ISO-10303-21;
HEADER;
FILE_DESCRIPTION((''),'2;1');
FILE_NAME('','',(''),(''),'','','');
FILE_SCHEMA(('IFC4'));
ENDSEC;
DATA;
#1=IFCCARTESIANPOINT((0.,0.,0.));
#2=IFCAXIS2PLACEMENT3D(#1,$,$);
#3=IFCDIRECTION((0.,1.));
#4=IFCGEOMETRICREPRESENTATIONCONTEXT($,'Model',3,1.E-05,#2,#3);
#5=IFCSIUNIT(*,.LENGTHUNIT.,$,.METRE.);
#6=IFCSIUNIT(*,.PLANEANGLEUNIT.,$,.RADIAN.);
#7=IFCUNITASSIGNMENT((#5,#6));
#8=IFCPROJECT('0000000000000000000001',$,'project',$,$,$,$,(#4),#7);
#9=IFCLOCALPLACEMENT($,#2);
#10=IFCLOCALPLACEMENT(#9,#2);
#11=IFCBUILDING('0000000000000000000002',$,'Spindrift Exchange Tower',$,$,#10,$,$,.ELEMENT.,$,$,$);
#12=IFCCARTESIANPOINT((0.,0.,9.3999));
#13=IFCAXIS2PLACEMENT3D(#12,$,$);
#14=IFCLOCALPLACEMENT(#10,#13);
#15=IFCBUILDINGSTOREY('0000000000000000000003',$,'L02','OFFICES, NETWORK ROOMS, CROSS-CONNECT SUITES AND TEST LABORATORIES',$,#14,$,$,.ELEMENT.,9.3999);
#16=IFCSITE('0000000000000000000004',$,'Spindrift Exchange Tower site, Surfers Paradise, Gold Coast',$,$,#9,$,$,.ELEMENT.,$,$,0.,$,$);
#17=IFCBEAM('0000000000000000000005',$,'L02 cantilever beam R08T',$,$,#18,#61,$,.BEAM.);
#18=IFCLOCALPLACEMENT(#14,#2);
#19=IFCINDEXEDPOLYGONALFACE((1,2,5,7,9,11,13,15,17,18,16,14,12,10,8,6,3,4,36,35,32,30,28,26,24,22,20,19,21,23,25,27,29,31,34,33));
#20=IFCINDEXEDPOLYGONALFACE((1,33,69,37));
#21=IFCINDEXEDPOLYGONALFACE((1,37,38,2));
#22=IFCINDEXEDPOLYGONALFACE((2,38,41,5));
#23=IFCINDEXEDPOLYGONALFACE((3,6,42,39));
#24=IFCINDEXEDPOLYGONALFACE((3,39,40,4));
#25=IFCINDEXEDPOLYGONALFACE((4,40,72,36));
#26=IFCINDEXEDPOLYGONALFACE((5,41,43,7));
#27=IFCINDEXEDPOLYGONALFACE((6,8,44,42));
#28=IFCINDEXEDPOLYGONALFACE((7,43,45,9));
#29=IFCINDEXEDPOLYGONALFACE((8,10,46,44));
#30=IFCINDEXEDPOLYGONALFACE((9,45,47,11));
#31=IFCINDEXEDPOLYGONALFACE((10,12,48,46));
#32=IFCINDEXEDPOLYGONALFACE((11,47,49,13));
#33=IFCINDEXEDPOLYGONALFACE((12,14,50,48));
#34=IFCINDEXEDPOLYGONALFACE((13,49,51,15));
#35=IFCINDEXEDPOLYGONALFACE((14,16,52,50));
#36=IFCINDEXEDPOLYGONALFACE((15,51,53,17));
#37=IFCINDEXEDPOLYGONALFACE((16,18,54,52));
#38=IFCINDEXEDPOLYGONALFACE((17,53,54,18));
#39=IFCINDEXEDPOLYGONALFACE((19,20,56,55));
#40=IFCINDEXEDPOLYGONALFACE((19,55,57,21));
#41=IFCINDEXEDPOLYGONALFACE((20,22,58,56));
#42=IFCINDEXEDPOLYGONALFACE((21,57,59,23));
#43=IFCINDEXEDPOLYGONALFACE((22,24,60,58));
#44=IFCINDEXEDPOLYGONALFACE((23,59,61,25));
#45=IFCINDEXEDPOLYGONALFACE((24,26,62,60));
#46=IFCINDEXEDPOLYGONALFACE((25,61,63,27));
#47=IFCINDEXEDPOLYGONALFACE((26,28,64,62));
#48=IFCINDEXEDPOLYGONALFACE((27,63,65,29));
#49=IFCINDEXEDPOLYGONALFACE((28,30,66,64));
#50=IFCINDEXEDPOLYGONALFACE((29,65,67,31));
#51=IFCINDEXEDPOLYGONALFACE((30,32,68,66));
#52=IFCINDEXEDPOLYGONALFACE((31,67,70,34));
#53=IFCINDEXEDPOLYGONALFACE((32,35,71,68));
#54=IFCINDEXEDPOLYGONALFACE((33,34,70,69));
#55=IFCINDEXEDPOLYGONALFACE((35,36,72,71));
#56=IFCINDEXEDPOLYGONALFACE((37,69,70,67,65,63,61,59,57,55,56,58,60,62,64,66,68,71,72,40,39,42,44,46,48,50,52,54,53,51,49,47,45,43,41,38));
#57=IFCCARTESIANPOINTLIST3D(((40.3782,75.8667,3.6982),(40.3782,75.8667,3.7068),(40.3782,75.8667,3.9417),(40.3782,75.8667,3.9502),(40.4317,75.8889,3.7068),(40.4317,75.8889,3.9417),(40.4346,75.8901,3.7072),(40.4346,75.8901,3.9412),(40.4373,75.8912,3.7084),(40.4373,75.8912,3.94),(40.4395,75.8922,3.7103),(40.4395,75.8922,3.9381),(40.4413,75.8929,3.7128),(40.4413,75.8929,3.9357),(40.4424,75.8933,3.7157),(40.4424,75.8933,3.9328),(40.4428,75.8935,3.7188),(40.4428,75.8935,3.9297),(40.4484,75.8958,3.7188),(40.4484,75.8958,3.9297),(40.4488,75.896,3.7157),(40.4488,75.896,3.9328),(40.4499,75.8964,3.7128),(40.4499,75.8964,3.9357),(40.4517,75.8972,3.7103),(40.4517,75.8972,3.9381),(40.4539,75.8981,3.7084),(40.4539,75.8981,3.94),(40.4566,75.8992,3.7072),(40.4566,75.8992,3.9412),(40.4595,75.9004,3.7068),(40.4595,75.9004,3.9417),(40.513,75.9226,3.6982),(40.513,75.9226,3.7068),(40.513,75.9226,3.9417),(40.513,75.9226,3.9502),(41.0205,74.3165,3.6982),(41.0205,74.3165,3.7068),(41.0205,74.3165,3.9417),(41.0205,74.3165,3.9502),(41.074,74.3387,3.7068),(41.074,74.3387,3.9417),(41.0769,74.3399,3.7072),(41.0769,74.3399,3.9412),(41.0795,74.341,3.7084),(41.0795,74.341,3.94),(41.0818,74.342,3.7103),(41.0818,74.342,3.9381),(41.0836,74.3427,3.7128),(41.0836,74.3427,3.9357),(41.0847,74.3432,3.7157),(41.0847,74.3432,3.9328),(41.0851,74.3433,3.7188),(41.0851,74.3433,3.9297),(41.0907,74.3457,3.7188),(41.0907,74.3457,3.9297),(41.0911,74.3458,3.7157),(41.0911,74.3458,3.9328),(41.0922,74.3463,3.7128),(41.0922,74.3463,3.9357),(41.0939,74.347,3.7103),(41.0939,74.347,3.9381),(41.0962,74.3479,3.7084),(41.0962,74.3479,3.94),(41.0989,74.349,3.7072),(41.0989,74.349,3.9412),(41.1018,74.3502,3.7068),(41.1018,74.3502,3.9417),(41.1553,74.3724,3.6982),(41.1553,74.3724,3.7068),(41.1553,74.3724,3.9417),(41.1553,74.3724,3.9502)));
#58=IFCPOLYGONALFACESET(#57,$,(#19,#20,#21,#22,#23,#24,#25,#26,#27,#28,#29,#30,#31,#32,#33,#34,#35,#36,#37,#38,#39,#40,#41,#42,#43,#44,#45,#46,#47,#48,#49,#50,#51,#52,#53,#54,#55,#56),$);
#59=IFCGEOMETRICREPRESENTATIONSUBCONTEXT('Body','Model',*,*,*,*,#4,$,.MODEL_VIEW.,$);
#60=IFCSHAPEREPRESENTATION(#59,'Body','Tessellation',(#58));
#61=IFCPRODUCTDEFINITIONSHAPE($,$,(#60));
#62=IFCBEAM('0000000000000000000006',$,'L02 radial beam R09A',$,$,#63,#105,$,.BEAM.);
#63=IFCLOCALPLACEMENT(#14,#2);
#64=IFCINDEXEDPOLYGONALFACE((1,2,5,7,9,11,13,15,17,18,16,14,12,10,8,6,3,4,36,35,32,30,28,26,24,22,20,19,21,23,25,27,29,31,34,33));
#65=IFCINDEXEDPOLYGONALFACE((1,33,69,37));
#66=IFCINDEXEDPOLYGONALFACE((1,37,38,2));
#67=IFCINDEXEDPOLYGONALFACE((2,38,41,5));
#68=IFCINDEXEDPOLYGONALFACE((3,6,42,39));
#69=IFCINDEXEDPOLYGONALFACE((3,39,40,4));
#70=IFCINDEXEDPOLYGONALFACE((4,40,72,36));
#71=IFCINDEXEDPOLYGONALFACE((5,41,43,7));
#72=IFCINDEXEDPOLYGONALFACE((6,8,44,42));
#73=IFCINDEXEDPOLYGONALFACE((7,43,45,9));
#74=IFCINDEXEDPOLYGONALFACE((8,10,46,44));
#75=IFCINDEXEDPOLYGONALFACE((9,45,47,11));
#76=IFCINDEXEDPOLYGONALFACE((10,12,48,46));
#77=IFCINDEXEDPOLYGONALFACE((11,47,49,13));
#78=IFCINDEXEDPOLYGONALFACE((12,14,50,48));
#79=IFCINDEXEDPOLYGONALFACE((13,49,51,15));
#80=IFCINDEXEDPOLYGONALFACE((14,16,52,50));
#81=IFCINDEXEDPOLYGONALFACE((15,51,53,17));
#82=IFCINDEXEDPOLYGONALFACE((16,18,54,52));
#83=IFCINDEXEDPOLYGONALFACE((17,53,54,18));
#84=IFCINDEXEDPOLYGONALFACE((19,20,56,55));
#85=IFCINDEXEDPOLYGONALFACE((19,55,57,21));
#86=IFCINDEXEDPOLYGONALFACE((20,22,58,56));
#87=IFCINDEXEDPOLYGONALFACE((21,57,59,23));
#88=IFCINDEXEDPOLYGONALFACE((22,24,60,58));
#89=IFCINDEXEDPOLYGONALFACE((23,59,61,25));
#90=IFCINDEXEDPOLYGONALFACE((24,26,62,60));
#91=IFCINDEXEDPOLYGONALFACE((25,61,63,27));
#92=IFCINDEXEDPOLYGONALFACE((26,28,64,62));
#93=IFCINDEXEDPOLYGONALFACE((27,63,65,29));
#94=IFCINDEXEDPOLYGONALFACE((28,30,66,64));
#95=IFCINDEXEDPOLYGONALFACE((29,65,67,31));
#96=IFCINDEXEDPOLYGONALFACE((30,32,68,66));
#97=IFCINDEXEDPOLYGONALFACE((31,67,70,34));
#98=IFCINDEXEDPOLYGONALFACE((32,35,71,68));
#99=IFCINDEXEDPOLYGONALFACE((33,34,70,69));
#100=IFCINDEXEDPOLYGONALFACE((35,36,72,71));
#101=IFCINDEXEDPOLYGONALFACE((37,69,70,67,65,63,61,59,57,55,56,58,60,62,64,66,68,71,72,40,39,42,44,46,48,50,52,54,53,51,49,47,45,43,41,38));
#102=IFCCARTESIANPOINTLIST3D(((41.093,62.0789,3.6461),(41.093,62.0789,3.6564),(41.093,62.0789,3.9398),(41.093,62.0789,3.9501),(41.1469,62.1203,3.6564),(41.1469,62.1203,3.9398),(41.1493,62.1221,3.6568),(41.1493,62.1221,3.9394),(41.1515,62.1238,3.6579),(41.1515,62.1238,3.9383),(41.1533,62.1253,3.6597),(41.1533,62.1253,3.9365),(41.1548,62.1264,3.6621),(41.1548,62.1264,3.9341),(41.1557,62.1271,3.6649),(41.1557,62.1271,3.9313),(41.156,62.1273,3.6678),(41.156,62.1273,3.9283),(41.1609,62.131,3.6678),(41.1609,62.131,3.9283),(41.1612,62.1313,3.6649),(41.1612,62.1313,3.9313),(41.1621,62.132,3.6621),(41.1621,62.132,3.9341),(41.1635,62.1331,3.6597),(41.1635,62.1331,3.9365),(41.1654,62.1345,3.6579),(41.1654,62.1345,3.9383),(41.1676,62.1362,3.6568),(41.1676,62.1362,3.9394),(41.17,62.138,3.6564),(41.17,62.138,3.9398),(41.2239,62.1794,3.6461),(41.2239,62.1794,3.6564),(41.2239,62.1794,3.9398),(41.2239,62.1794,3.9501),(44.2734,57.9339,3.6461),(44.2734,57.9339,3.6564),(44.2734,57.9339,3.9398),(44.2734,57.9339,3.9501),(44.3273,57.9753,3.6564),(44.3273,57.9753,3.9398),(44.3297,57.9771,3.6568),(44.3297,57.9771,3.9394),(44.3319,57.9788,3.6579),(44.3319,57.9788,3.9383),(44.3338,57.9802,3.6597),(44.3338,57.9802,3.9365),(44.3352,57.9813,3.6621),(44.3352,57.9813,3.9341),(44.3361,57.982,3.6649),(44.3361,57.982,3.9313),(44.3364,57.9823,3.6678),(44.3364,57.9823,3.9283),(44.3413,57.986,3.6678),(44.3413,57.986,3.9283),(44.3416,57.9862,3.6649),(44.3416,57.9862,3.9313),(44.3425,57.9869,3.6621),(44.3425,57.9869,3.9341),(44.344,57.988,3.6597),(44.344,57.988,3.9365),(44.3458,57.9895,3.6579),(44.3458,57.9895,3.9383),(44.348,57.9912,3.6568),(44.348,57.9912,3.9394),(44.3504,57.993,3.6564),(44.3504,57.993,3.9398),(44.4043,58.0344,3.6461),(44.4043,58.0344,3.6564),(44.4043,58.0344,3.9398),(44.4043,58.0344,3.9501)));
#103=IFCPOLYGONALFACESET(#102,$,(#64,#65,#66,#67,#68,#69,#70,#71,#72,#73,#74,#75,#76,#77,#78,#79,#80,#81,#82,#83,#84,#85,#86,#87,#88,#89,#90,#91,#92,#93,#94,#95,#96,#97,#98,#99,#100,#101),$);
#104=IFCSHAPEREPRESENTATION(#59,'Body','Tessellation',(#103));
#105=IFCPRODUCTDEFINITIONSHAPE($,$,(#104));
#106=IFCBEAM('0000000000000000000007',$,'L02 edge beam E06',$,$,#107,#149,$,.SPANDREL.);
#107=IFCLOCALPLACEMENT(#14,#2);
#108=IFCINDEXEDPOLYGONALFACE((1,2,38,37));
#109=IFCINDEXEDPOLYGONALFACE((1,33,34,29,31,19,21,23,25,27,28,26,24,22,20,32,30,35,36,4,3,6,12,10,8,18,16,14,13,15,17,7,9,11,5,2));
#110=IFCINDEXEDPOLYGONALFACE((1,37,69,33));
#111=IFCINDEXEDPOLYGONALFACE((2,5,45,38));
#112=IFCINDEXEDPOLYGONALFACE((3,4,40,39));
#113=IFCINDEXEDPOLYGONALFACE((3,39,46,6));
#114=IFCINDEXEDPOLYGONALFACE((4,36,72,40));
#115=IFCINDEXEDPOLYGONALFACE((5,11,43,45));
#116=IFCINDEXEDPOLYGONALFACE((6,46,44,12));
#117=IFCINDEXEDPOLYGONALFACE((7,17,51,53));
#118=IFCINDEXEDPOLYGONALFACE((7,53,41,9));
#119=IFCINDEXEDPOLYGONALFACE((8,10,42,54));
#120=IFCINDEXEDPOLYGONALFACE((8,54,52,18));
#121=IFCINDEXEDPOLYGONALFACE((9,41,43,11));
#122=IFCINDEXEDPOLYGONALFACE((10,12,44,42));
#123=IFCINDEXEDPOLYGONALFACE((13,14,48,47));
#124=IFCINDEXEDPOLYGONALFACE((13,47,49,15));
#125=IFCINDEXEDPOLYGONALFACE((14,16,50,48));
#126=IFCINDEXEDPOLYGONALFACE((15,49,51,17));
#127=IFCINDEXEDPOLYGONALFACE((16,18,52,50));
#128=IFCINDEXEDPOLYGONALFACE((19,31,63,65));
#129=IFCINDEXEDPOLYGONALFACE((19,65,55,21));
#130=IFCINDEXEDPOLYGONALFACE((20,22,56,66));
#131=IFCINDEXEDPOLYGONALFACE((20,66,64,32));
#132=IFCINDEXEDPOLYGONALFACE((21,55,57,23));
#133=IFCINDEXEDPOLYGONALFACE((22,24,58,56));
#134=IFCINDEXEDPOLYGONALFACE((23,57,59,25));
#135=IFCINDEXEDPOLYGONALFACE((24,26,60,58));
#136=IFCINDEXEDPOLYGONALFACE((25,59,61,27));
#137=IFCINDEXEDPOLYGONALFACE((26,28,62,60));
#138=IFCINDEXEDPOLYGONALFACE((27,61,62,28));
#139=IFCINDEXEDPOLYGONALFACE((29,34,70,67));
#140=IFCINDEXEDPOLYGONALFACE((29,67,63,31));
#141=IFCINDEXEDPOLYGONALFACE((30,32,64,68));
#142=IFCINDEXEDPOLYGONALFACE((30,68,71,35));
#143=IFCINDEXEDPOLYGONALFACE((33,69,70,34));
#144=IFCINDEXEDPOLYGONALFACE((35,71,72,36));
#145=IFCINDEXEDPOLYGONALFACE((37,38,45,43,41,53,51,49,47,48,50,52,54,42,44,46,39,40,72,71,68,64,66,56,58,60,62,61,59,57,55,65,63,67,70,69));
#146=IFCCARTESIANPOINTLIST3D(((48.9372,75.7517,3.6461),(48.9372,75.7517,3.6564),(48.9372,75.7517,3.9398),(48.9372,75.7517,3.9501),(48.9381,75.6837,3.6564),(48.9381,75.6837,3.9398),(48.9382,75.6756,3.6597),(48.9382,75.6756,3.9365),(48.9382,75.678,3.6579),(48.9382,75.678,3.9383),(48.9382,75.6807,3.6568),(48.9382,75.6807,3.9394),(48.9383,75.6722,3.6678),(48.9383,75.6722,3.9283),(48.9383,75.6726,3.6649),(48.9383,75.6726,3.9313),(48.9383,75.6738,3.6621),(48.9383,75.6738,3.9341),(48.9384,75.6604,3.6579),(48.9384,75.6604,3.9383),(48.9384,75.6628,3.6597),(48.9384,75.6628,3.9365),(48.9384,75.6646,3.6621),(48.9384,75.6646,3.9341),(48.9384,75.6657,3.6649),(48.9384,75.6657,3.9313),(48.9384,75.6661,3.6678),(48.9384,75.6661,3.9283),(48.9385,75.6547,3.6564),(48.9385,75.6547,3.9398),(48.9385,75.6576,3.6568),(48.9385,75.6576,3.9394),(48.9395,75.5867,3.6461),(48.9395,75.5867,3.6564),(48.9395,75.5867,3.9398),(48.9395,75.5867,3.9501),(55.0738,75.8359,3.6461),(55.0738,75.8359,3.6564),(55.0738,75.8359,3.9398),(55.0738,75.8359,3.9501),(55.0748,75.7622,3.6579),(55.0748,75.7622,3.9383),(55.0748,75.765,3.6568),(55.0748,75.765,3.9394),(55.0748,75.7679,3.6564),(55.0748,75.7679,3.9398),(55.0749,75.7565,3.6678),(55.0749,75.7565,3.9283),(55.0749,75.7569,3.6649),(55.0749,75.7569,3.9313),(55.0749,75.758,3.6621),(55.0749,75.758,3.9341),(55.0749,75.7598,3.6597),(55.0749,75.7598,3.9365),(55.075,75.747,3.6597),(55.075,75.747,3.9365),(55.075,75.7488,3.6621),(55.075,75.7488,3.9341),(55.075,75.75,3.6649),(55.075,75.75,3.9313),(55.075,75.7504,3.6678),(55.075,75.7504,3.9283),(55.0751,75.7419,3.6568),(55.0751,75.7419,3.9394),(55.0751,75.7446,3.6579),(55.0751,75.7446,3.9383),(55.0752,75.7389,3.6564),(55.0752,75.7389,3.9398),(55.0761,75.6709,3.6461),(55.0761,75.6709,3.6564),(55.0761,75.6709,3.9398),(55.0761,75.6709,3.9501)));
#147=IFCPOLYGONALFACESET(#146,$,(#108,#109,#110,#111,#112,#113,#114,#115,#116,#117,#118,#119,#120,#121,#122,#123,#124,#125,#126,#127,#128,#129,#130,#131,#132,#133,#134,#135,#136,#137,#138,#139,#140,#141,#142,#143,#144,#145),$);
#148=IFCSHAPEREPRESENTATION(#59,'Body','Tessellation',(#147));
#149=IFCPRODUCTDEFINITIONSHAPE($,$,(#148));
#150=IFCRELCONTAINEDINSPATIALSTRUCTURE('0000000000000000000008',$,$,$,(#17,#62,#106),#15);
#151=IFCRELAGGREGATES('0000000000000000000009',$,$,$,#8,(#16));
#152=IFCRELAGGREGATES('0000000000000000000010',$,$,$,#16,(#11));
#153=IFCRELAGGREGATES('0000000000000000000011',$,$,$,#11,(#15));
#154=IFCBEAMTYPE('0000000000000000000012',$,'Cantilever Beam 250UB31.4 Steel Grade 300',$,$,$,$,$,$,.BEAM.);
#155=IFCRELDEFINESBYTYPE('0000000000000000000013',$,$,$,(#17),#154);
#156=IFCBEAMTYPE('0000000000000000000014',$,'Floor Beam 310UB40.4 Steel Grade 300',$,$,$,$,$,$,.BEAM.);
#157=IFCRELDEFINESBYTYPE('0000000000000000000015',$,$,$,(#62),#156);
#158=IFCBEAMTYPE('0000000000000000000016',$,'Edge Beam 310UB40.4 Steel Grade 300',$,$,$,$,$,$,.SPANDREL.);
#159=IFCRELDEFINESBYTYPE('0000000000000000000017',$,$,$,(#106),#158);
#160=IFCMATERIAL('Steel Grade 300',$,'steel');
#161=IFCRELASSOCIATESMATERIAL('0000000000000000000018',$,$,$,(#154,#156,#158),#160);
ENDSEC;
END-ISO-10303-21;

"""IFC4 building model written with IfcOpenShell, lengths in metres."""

from ifc_helpers import new_model, si_unit, direction, frame, origin, origin_2d, place, context, subcontext, project, spatial, i_section, extrude, source, transform, mapped, material, material_profile, profile_set, type_object, element, save


model = new_model("IFC4")

# Units and contexts
model_context = context("Model", 3, precision=1e-05, world=origin(), true_north=direction((0.0, 1.0)))
body_context = subcontext(model_context, "Body", "Model", "MODEL_VIEW")
ifc_project = project(units=[si_unit("LENGTHUNIT", "METRE"), si_unit("PLANEANGLEUNIT", "RADIAN")], contexts=[model_context])

# Site, building, storey
site_placement = place(None, origin())
site = spatial("IfcSite", under=ifc_project, at=site_placement, Name="Spindrift Exchange Tower site, Surfers Paradise, Gold Coast", CompositionType="ELEMENT", RefElevation=0.0)
building_placement = place(site_placement, origin())
building = spatial("IfcBuilding", under=site, at=building_placement, Name="Spindrift Exchange Tower", CompositionType="ELEMENT")
storey_placement = place(building_placement, frame((0.0, 0.0, 9.3999)))
storey = spatial("IfcBuildingStorey", under=building, at=storey_placement, Name="L02", Description="OFFICES, NETWORK ROOMS, CROSS-CONNECT SUITES AND TEST LABORATORIES", CompositionType="ELEMENT", Elevation=9.3999)

# Beams
ifc_material_1 = material(Name="Steel Grade 300", Category="steel")
ifc_material_profile_1 = material_profile(ifc_material_1, i_section(OverallWidth=0.146, OverallDepth=0.252, WebThickness=0.0061, FlangeThickness=0.0085, FilletRadius=0.012, at=origin_2d()), Name="250UB31.4")
ifc_profile_set_1 = profile_set([ifc_material_profile_1], Name="Steel Grade 300")
beam_type_1 = type_object("IfcBeamType", Name="Cantilever Beam 250UB31.4 Steel Grade 300", PredefinedType="BEAM", material=ifc_profile_set_1)
shared_shape_1 = source(origin(), body_context, "Body", "SweptSolid", [
    extrude(i_section(OverallWidth=0.146, OverallDepth=0.252, WebThickness=0.0061, FlangeThickness=0.0085, FilletRadius=0.012, at=origin_2d()), origin(), (0.0, 0.0, 1.0), 1.678),
])
beam_1_placement = place(storey_placement, frame((41.0879, 74.3445, 3.8242), z_axis=(-0.382776, 0.923841, 0.0), x_axis=(-0.923841, -0.382776, 0.0)))
element("IfcBeam", 1, at=beam_1_placement, inside=storey, type_object=beam_type_1, Name="L02 cantilever beam R08T", PredefinedType="BEAM", context=body_context, shape_type="MappedRepresentation", body=[
    mapped(shared_shape_1, transform((0.0, 0.0, 0.0), scale=1.0)),
])
ifc_material_profile_2 = material_profile(ifc_material_1, i_section(OverallWidth=0.165, OverallDepth=0.304, WebThickness=0.0061, FlangeThickness=0.0103, FilletRadius=0.0115, at=origin_2d()), Name="310UB40.4")
ifc_profile_set_2 = profile_set([ifc_material_profile_2], Name="Steel Grade 300")
beam_type_2 = type_object("IfcBeamType", Name="Floor Beam 310UB40.4 Steel Grade 300", PredefinedType="BEAM", material=ifc_profile_set_2)
shared_shape_2 = source(origin(), body_context, "Body", "SweptSolid", [
    extrude(i_section(OverallWidth=0.165, OverallDepth=0.304, WebThickness=0.0061, FlangeThickness=0.0103, FilletRadius=0.0115, at=origin_2d()), origin(), (0.0, 0.0, 1.0), 5.2246),
])
beam_2_placement = place(storey_placement, frame((44.3389, 57.9841, 3.7981), z_axis=(-0.608741, 0.793369, 0.0), x_axis=(-0.793369, -0.608741, 0.0)))
element("IfcBeam", 2, at=beam_2_placement, inside=storey, type_object=beam_type_2, Name="L02 radial beam R09A", PredefinedType="BEAM", context=body_context, shape_type="MappedRepresentation", body=[
    mapped(shared_shape_2, transform((0.0, 0.0, 0.0), scale=1.0)),
])
ifc_material_profile_3 = material_profile(ifc_material_1, i_section(OverallWidth=0.165, OverallDepth=0.304, WebThickness=0.0061, FlangeThickness=0.0103, FilletRadius=0.0115, at=origin_2d()), Name="310UB40.4")
ifc_profile_set_3 = profile_set([ifc_material_profile_3], Name="Steel Grade 300")
beam_type_3 = type_object("IfcBeamType", Name="Edge Beam 310UB40.4 Steel Grade 300", PredefinedType="SPANDREL", material=ifc_profile_set_3)
shared_shape_3 = source(origin(), body_context, "Body", "SweptSolid", [
    extrude(i_section(OverallWidth=0.165, OverallDepth=0.304, WebThickness=0.0061, FlangeThickness=0.0103, FilletRadius=0.0115, at=origin_2d()), origin(), (0.0, 0.0, 1.0), 6.1372),
])
beam_3_placement = place(storey_placement, frame((55.075, 75.7534, 3.7981), z_axis=(-0.999906, -0.013724, 0.0), x_axis=(0.013724, -0.999906, 0.0)))
element("IfcBeam", 3, at=beam_3_placement, inside=storey, type_object=beam_type_3, Name="L02 edge beam E06", PredefinedType="SPANDREL", context=body_context, shape_type="MappedRepresentation", body=[
    mapped(shared_shape_3, transform((0.0, 0.0, 0.0), scale=1.0)),
])

save(model, "model.ifc")
